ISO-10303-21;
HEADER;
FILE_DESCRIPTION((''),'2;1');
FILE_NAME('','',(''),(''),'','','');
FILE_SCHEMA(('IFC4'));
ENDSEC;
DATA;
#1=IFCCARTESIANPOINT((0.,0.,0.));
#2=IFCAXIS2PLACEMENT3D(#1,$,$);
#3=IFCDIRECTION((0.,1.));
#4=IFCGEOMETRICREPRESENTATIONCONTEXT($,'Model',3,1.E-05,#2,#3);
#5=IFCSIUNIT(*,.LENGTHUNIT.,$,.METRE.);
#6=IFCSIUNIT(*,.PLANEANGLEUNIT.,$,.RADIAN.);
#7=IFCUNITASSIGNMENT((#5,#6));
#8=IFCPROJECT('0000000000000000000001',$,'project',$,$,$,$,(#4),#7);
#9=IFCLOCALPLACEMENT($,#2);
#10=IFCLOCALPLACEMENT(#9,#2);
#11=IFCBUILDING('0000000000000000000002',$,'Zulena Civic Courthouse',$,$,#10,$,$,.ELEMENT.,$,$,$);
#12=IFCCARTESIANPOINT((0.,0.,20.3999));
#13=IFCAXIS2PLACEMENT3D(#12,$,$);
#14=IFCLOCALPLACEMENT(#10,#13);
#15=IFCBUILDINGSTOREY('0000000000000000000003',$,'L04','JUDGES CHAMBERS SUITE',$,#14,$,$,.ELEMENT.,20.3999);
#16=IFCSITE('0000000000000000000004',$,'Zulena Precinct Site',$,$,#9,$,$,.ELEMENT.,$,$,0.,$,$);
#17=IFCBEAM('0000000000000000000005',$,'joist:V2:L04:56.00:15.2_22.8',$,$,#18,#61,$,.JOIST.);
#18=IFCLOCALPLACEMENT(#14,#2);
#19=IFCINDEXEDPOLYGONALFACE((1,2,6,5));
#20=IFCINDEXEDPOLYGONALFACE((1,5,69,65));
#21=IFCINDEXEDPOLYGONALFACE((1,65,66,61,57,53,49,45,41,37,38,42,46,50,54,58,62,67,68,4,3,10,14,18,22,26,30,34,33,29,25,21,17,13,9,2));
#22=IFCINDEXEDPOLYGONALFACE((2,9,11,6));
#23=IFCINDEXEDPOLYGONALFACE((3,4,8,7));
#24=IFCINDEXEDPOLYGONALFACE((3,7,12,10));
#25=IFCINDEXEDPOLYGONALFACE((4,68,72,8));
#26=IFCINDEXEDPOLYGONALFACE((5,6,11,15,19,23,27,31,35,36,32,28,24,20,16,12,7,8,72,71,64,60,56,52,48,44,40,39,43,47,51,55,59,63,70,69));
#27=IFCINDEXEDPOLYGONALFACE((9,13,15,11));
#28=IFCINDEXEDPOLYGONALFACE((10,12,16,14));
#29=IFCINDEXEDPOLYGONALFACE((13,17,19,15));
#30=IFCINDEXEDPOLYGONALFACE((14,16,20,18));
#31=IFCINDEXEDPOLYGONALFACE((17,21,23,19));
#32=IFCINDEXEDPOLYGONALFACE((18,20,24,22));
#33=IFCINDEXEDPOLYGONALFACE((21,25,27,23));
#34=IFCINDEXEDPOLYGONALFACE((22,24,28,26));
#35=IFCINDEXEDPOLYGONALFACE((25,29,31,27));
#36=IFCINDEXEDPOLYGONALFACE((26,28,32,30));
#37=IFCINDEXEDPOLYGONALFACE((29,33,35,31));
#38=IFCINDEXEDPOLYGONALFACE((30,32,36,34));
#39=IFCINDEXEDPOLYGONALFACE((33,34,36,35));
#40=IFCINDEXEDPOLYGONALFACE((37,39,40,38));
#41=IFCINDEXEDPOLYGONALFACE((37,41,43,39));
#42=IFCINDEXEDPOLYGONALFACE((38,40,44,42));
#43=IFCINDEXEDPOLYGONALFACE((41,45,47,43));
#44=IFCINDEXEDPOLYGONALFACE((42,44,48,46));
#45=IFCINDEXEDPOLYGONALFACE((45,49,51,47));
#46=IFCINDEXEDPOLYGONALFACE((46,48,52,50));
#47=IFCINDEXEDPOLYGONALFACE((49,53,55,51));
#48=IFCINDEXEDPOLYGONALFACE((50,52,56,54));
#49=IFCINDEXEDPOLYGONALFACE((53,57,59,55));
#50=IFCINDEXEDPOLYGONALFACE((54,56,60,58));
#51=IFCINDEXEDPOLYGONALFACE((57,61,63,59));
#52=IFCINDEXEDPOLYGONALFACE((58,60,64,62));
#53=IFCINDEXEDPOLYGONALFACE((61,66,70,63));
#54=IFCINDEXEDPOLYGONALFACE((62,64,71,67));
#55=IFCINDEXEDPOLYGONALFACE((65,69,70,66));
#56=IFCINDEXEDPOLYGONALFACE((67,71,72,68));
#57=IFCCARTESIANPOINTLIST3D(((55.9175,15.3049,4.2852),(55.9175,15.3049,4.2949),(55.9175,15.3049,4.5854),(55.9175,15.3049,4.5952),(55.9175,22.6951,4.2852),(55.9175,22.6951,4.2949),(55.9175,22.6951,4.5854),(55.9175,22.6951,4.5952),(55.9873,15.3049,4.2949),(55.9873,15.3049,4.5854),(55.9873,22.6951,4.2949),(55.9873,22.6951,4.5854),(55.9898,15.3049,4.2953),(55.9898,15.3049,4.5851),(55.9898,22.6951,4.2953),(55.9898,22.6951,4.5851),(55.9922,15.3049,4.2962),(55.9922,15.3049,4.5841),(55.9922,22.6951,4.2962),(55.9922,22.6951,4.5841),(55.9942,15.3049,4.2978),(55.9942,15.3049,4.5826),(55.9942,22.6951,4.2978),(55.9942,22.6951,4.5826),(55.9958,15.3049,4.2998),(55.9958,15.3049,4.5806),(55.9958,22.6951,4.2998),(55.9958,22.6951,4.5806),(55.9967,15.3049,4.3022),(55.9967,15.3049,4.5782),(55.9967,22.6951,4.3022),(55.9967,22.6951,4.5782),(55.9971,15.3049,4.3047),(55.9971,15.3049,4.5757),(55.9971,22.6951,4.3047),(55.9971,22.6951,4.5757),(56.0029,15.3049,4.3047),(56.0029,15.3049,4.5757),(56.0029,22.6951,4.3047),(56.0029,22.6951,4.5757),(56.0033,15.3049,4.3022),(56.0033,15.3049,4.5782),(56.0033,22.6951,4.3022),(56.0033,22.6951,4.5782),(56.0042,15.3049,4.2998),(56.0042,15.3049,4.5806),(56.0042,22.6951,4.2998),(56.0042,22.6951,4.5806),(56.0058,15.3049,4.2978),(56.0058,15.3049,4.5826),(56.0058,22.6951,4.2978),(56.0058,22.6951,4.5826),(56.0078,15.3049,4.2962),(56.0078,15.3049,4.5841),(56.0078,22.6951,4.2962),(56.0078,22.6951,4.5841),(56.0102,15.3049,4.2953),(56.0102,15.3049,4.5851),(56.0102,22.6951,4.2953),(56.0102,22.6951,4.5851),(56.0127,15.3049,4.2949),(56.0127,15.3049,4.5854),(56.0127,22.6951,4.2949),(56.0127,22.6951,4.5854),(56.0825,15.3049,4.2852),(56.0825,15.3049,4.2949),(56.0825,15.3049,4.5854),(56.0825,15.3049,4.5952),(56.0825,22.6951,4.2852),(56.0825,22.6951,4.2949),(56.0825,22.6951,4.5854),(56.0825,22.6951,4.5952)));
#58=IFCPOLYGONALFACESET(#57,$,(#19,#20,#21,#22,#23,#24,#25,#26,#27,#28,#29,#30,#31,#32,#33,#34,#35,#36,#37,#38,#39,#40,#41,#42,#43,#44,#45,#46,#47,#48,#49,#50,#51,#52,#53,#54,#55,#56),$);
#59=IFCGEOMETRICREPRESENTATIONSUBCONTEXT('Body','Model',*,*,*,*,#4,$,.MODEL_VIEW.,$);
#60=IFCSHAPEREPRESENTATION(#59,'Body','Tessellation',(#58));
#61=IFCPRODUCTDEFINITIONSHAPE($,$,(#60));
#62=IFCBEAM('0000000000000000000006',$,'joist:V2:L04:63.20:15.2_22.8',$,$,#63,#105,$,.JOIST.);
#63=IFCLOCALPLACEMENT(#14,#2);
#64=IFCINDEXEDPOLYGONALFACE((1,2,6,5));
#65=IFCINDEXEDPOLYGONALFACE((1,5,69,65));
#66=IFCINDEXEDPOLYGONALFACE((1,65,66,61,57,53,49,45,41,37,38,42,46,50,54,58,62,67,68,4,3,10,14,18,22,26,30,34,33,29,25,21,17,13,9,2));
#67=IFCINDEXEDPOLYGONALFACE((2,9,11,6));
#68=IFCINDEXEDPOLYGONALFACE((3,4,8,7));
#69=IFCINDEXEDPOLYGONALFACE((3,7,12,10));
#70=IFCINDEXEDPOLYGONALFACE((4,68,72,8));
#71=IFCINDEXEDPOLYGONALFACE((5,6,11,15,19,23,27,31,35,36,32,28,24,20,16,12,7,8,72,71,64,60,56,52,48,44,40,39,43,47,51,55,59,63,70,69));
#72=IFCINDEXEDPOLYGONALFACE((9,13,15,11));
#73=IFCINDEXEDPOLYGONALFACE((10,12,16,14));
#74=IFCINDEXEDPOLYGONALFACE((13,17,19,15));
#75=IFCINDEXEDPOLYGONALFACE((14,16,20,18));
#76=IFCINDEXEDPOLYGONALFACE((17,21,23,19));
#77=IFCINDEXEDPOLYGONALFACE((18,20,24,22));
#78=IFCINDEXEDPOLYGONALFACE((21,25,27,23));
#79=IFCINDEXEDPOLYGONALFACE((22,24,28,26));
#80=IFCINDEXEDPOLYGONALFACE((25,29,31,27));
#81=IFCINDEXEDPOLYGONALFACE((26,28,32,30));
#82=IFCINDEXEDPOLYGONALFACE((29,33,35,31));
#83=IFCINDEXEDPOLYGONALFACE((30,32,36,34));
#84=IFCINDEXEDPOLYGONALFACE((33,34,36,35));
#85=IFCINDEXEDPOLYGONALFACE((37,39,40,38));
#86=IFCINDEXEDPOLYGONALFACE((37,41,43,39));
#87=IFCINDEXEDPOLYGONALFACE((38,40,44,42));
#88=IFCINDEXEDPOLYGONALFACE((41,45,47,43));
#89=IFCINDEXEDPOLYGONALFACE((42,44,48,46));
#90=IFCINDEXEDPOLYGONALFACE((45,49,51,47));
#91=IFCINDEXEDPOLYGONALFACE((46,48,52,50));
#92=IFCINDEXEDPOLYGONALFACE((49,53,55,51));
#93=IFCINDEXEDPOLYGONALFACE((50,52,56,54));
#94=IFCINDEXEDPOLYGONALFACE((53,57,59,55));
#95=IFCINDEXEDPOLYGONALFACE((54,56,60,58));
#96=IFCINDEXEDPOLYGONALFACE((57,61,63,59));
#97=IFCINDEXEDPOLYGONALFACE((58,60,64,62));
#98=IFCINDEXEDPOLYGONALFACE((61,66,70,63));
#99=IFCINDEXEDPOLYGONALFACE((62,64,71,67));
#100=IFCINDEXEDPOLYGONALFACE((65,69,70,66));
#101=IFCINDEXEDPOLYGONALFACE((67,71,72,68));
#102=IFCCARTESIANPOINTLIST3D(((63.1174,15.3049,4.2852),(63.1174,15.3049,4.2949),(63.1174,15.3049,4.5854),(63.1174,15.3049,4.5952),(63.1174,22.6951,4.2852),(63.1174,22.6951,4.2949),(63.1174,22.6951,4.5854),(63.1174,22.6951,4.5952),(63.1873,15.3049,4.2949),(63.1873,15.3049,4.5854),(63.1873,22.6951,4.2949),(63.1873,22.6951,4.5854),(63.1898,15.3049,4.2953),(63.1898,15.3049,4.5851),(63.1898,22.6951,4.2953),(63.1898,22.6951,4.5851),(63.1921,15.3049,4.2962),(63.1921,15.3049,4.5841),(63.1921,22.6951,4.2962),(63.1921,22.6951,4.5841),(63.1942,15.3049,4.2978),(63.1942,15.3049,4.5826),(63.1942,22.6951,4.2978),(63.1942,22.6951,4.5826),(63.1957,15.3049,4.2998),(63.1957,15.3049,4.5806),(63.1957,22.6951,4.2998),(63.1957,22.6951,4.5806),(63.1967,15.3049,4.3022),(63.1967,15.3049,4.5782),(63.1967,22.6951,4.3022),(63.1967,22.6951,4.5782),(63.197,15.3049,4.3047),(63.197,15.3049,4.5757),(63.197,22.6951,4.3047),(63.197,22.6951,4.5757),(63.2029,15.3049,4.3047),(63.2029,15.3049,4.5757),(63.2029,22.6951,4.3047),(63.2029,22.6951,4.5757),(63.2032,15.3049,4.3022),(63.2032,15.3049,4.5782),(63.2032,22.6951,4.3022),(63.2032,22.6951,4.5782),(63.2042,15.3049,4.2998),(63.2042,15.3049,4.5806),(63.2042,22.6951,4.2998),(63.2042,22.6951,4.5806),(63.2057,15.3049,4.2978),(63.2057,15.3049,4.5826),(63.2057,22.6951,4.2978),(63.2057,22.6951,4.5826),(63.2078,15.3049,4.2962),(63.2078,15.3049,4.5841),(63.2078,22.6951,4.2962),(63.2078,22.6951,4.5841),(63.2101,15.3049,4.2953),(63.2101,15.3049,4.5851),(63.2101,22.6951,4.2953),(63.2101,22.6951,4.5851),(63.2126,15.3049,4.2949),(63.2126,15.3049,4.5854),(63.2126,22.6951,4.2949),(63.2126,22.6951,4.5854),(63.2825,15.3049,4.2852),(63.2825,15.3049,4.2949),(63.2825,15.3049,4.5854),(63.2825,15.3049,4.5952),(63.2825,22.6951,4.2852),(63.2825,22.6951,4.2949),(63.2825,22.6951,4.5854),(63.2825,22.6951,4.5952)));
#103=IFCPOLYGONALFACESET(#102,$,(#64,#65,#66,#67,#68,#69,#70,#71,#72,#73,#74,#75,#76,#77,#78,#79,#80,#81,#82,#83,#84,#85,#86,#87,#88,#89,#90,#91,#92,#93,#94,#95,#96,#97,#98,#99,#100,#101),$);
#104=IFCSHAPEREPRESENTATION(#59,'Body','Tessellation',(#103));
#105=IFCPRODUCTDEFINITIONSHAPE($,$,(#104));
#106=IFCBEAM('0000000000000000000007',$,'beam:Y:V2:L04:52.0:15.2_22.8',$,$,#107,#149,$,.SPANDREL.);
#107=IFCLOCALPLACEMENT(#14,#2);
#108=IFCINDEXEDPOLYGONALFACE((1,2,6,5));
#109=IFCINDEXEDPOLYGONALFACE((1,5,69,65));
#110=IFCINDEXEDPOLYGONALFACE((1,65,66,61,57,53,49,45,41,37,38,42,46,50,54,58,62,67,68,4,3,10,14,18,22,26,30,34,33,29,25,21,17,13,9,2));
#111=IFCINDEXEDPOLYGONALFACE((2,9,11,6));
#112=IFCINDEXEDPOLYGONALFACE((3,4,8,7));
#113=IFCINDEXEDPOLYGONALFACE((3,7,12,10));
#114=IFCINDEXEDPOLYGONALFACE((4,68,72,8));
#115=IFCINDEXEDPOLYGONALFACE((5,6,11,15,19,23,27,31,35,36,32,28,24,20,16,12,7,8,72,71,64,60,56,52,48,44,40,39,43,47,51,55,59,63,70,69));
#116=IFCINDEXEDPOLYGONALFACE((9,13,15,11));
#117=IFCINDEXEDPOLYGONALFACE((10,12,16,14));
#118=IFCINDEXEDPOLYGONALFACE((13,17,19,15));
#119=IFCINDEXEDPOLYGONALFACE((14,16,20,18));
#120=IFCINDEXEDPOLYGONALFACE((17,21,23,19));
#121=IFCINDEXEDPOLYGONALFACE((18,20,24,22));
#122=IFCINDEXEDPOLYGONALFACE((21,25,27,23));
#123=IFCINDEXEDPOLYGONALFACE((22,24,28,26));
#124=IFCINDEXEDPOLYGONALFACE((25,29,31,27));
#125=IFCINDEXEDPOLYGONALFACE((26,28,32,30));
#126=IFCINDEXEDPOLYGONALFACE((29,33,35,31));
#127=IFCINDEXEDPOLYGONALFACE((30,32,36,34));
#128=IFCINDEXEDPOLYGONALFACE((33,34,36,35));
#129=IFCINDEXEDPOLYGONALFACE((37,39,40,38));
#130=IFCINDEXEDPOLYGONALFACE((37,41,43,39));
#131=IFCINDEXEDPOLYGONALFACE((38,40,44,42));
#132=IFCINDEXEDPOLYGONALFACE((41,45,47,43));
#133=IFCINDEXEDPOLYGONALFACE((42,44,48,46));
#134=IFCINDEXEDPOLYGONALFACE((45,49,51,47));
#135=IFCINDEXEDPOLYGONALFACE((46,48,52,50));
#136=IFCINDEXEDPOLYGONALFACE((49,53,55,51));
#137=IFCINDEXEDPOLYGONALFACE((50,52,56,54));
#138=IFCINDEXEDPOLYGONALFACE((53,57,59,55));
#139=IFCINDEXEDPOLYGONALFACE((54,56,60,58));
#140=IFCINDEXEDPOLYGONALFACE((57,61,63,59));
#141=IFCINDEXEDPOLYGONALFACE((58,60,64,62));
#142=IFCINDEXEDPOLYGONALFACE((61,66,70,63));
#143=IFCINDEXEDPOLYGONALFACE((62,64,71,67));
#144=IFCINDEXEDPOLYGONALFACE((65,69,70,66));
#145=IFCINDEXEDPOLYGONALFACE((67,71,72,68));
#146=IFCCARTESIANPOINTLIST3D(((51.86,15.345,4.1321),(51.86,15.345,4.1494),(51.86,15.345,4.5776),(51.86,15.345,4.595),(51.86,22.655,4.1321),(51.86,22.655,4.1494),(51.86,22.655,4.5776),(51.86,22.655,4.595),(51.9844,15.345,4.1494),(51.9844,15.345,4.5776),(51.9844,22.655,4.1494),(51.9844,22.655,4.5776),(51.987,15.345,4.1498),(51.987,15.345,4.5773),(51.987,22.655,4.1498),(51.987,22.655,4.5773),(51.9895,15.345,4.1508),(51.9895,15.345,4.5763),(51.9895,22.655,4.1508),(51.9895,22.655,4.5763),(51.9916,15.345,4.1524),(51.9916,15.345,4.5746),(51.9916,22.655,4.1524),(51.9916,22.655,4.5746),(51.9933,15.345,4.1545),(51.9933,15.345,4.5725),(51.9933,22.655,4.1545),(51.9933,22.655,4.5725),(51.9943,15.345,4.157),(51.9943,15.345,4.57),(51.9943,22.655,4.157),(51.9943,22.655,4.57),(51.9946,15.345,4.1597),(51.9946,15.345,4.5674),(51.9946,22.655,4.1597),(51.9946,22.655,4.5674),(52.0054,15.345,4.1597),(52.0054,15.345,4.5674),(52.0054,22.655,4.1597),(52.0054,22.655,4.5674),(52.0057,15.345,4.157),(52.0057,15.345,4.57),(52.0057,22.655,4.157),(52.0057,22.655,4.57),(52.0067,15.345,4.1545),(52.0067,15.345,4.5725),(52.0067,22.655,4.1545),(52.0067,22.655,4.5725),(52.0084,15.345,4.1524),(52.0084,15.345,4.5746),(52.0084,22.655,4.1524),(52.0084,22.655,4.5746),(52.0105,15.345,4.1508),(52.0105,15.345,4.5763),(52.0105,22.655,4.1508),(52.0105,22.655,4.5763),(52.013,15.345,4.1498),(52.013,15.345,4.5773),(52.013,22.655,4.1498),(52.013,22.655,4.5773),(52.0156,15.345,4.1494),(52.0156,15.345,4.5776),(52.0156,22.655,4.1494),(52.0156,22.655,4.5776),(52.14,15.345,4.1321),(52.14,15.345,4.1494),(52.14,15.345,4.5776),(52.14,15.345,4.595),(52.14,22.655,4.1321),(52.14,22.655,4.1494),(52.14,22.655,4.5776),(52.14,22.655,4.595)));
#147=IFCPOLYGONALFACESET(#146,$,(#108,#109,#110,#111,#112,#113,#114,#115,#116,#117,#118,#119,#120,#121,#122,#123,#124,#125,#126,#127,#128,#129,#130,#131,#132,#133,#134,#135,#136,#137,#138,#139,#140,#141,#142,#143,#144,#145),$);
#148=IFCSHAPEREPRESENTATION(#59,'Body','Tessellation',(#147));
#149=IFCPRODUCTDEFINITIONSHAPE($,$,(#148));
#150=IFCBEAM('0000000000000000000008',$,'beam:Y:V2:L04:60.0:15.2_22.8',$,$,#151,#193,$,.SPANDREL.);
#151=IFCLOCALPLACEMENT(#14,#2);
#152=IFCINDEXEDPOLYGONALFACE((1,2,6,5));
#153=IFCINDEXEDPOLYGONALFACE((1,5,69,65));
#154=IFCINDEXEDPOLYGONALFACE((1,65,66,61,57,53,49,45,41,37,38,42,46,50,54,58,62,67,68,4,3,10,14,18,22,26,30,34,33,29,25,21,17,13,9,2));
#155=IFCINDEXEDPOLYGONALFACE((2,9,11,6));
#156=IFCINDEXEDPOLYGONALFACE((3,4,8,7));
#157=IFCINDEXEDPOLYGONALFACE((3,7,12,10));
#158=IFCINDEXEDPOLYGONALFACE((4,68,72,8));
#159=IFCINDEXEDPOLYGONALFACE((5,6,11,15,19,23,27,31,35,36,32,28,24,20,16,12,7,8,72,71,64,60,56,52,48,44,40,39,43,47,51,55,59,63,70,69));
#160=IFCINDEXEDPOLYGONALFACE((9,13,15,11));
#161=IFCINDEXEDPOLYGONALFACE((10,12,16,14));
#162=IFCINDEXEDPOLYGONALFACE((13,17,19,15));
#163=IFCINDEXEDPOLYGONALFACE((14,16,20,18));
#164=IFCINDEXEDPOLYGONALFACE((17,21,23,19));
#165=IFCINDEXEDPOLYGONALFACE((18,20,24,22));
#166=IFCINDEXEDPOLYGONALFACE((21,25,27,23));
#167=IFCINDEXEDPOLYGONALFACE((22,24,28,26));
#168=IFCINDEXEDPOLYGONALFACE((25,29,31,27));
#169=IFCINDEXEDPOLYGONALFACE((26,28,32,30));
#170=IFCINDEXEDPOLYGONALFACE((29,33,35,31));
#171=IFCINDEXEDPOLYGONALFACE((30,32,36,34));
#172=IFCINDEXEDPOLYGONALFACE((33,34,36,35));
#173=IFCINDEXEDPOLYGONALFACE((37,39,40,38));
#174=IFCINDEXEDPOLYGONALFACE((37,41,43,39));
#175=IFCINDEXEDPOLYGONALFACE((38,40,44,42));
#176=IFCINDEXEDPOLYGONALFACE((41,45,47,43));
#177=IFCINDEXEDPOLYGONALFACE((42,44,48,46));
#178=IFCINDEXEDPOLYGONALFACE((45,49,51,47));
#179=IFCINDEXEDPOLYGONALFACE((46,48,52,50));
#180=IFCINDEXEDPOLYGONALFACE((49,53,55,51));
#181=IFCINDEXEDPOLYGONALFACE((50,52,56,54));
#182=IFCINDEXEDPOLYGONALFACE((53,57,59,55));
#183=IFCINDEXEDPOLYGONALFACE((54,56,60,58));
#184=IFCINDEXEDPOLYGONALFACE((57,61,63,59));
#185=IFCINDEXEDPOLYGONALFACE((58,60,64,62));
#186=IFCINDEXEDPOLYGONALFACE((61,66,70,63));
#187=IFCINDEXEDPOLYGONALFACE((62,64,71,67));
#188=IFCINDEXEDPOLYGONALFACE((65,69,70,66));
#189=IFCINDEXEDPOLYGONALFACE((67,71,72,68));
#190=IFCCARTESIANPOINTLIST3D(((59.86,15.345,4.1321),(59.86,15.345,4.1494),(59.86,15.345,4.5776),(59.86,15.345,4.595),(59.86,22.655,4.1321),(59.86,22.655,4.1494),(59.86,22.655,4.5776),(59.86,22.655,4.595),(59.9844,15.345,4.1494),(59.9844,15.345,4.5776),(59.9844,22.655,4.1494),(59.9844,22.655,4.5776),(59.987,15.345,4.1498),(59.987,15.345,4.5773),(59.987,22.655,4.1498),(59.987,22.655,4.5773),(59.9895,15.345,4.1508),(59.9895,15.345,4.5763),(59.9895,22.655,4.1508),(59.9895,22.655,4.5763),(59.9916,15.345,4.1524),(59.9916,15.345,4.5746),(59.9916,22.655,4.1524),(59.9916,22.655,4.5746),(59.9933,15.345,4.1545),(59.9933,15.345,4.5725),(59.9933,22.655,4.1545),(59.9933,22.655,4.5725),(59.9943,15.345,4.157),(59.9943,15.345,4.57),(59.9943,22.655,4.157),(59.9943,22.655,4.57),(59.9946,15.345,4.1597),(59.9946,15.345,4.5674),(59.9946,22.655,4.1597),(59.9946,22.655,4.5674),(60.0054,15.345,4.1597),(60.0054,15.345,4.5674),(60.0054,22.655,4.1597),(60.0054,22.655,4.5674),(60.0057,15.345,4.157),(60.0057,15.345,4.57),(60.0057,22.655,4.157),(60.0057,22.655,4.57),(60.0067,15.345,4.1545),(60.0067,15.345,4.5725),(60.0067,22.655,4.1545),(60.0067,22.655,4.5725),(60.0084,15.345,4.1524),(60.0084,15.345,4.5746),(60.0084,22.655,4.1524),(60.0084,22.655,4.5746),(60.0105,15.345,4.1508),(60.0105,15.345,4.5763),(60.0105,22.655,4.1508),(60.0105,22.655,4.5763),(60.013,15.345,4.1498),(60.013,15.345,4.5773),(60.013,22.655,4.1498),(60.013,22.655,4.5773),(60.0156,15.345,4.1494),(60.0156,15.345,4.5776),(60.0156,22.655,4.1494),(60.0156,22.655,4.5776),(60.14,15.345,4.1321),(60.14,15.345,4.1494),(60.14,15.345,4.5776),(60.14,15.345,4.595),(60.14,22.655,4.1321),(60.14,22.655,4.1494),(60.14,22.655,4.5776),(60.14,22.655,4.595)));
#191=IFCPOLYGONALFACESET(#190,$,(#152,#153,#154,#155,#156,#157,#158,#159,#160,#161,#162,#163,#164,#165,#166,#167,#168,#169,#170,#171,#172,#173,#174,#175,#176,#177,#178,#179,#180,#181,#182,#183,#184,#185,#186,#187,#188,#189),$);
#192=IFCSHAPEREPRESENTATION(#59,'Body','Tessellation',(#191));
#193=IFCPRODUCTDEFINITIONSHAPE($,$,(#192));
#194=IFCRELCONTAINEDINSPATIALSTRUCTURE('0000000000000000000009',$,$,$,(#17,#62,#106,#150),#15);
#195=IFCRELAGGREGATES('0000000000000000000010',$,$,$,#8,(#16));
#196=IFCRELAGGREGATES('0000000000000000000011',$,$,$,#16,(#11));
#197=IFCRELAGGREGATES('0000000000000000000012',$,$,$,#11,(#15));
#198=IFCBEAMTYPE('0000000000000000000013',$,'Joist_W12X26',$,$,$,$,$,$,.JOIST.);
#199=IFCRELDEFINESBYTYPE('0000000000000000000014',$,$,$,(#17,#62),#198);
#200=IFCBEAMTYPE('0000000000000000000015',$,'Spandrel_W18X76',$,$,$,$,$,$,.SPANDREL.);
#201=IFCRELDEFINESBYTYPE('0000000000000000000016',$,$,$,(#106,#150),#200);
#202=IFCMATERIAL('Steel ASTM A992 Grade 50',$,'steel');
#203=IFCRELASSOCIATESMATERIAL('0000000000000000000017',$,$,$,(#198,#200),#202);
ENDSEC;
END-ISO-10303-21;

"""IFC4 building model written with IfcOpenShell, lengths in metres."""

from ifc_helpers import new_model, si_unit, direction, frame, origin, origin_2d, place, context, subcontext, project, spatial, i_section, extrude, material, material_profile, profile_set, type_object, element, save


model = new_model("IFC4")

# Units and contexts
model_context = context("Model", 3, precision=1e-05, world=origin(), true_north=direction((0.0, 1.0)))
body_context = subcontext(model_context, "Body", "Model", "MODEL_VIEW")
ifc_project = project(units=[si_unit("LENGTHUNIT", "METRE"), si_unit("PLANEANGLEUNIT", "RADIAN")], contexts=[model_context])

# Site, building, storey
site_placement = place(None, origin())
site = spatial("IfcSite", under=ifc_project, at=site_placement, Name="Zulena Precinct Site", CompositionType="ELEMENT", RefElevation=0.0)
building_placement = place(site_placement, origin())
building = spatial("IfcBuilding", under=site, at=building_placement, Name="Zulena Civic Courthouse", CompositionType="ELEMENT")
storey_placement = place(building_placement, frame((0.0, 0.0, 20.3999)))
storey = spatial("IfcBuildingStorey", under=building, at=storey_placement, Name="L04", Description="JUDGES CHAMBERS SUITE", CompositionType="ELEMENT", Elevation=20.3999)

# Shared definitions
ifc_material_1 = material(Name="Steel ASTM A992 Grade 50", Category="steel")

# Beams
ifc_material_profile_1 = material_profile(ifc_material_1, i_section(OverallWidth=0.165, OverallDepth=0.3101, WebThickness=0.0059, FlangeThickness=0.0098, FilletRadius=0.0098, at=origin_2d()), Name="W12X26")
ifc_profile_set_1 = profile_set([ifc_material_profile_1], Name="Steel ASTM A992 Grade 50")
beam_type_1 = type_object("IfcBeamType", Name="Joist_W12X26", PredefinedType="JOIST", material=ifc_profile_set_1)
for number, where, z_axis, x_axis, name in (
    (1, (56.0, 15.3049, 4.4402), (0.0, 1.0, 0.0), (-1.0, 0.0, 0.0), "joist:V2:L04:56.00:15.2_22.8"),
    (2, (63.2, 15.3049, 4.4402), (0.0, 1.0, 0.0), (-1.0, 0.0, 0.0), "joist:V2:L04:63.20:15.2_22.8"),
):
    element("IfcBeam", number, at=place(storey_placement, frame(where, z_axis=z_axis, x_axis=x_axis)), inside=storey, type_object=beam_type_1, Name=name, PredefinedType="JOIST", context=body_context, shape_type="SweptSolid", body=[
        extrude(i_section(OverallWidth=0.165, OverallDepth=0.3101, WebThickness=0.0059, FlangeThickness=0.0098, FilletRadius=0.0098, at=origin_2d()), origin(), (0.0, 0.0, 1.0), 7.3901),
    ])
ifc_material_profile_2 = material_profile(ifc_material_1, i_section(OverallWidth=0.28, OverallDepth=0.4629, WebThickness=0.0107, FlangeThickness=0.0173, FilletRadius=0.0103, at=origin_2d()), Name="W18X76")
ifc_profile_set_2 = profile_set([ifc_material_profile_2], Name="Steel ASTM A992 Grade 50")
beam_type_2 = type_object("IfcBeamType", Name="Spandrel_W18X76", PredefinedType="SPANDREL", material=ifc_profile_set_2)
for number, where, z_axis, x_axis, name in (
    (3, (52.0, 15.345, 4.3635), (0.0, 1.0, 0.0), (-1.0, 0.0, 0.0), "beam:Y:V2:L04:52.0:15.2_22.8"),
    (4, (60.0, 15.345, 4.3635), (0.0, 1.0, 0.0), (-1.0, 0.0, 0.0), "beam:Y:V2:L04:60.0:15.2_22.8"),
):
    element("IfcBeam", number, at=place(storey_placement, frame(where, z_axis=z_axis, x_axis=x_axis)), inside=storey, type_object=beam_type_2, Name=name, PredefinedType="SPANDREL", context=body_context, shape_type="SweptSolid", body=[
        extrude(i_section(OverallWidth=0.28, OverallDepth=0.4629, WebThickness=0.0107, FlangeThickness=0.0173, FilletRadius=0.0103, at=origin_2d()), origin(), (0.0, 0.0, 1.0), 7.3101),
    ])

save(model, "model.ifc")
